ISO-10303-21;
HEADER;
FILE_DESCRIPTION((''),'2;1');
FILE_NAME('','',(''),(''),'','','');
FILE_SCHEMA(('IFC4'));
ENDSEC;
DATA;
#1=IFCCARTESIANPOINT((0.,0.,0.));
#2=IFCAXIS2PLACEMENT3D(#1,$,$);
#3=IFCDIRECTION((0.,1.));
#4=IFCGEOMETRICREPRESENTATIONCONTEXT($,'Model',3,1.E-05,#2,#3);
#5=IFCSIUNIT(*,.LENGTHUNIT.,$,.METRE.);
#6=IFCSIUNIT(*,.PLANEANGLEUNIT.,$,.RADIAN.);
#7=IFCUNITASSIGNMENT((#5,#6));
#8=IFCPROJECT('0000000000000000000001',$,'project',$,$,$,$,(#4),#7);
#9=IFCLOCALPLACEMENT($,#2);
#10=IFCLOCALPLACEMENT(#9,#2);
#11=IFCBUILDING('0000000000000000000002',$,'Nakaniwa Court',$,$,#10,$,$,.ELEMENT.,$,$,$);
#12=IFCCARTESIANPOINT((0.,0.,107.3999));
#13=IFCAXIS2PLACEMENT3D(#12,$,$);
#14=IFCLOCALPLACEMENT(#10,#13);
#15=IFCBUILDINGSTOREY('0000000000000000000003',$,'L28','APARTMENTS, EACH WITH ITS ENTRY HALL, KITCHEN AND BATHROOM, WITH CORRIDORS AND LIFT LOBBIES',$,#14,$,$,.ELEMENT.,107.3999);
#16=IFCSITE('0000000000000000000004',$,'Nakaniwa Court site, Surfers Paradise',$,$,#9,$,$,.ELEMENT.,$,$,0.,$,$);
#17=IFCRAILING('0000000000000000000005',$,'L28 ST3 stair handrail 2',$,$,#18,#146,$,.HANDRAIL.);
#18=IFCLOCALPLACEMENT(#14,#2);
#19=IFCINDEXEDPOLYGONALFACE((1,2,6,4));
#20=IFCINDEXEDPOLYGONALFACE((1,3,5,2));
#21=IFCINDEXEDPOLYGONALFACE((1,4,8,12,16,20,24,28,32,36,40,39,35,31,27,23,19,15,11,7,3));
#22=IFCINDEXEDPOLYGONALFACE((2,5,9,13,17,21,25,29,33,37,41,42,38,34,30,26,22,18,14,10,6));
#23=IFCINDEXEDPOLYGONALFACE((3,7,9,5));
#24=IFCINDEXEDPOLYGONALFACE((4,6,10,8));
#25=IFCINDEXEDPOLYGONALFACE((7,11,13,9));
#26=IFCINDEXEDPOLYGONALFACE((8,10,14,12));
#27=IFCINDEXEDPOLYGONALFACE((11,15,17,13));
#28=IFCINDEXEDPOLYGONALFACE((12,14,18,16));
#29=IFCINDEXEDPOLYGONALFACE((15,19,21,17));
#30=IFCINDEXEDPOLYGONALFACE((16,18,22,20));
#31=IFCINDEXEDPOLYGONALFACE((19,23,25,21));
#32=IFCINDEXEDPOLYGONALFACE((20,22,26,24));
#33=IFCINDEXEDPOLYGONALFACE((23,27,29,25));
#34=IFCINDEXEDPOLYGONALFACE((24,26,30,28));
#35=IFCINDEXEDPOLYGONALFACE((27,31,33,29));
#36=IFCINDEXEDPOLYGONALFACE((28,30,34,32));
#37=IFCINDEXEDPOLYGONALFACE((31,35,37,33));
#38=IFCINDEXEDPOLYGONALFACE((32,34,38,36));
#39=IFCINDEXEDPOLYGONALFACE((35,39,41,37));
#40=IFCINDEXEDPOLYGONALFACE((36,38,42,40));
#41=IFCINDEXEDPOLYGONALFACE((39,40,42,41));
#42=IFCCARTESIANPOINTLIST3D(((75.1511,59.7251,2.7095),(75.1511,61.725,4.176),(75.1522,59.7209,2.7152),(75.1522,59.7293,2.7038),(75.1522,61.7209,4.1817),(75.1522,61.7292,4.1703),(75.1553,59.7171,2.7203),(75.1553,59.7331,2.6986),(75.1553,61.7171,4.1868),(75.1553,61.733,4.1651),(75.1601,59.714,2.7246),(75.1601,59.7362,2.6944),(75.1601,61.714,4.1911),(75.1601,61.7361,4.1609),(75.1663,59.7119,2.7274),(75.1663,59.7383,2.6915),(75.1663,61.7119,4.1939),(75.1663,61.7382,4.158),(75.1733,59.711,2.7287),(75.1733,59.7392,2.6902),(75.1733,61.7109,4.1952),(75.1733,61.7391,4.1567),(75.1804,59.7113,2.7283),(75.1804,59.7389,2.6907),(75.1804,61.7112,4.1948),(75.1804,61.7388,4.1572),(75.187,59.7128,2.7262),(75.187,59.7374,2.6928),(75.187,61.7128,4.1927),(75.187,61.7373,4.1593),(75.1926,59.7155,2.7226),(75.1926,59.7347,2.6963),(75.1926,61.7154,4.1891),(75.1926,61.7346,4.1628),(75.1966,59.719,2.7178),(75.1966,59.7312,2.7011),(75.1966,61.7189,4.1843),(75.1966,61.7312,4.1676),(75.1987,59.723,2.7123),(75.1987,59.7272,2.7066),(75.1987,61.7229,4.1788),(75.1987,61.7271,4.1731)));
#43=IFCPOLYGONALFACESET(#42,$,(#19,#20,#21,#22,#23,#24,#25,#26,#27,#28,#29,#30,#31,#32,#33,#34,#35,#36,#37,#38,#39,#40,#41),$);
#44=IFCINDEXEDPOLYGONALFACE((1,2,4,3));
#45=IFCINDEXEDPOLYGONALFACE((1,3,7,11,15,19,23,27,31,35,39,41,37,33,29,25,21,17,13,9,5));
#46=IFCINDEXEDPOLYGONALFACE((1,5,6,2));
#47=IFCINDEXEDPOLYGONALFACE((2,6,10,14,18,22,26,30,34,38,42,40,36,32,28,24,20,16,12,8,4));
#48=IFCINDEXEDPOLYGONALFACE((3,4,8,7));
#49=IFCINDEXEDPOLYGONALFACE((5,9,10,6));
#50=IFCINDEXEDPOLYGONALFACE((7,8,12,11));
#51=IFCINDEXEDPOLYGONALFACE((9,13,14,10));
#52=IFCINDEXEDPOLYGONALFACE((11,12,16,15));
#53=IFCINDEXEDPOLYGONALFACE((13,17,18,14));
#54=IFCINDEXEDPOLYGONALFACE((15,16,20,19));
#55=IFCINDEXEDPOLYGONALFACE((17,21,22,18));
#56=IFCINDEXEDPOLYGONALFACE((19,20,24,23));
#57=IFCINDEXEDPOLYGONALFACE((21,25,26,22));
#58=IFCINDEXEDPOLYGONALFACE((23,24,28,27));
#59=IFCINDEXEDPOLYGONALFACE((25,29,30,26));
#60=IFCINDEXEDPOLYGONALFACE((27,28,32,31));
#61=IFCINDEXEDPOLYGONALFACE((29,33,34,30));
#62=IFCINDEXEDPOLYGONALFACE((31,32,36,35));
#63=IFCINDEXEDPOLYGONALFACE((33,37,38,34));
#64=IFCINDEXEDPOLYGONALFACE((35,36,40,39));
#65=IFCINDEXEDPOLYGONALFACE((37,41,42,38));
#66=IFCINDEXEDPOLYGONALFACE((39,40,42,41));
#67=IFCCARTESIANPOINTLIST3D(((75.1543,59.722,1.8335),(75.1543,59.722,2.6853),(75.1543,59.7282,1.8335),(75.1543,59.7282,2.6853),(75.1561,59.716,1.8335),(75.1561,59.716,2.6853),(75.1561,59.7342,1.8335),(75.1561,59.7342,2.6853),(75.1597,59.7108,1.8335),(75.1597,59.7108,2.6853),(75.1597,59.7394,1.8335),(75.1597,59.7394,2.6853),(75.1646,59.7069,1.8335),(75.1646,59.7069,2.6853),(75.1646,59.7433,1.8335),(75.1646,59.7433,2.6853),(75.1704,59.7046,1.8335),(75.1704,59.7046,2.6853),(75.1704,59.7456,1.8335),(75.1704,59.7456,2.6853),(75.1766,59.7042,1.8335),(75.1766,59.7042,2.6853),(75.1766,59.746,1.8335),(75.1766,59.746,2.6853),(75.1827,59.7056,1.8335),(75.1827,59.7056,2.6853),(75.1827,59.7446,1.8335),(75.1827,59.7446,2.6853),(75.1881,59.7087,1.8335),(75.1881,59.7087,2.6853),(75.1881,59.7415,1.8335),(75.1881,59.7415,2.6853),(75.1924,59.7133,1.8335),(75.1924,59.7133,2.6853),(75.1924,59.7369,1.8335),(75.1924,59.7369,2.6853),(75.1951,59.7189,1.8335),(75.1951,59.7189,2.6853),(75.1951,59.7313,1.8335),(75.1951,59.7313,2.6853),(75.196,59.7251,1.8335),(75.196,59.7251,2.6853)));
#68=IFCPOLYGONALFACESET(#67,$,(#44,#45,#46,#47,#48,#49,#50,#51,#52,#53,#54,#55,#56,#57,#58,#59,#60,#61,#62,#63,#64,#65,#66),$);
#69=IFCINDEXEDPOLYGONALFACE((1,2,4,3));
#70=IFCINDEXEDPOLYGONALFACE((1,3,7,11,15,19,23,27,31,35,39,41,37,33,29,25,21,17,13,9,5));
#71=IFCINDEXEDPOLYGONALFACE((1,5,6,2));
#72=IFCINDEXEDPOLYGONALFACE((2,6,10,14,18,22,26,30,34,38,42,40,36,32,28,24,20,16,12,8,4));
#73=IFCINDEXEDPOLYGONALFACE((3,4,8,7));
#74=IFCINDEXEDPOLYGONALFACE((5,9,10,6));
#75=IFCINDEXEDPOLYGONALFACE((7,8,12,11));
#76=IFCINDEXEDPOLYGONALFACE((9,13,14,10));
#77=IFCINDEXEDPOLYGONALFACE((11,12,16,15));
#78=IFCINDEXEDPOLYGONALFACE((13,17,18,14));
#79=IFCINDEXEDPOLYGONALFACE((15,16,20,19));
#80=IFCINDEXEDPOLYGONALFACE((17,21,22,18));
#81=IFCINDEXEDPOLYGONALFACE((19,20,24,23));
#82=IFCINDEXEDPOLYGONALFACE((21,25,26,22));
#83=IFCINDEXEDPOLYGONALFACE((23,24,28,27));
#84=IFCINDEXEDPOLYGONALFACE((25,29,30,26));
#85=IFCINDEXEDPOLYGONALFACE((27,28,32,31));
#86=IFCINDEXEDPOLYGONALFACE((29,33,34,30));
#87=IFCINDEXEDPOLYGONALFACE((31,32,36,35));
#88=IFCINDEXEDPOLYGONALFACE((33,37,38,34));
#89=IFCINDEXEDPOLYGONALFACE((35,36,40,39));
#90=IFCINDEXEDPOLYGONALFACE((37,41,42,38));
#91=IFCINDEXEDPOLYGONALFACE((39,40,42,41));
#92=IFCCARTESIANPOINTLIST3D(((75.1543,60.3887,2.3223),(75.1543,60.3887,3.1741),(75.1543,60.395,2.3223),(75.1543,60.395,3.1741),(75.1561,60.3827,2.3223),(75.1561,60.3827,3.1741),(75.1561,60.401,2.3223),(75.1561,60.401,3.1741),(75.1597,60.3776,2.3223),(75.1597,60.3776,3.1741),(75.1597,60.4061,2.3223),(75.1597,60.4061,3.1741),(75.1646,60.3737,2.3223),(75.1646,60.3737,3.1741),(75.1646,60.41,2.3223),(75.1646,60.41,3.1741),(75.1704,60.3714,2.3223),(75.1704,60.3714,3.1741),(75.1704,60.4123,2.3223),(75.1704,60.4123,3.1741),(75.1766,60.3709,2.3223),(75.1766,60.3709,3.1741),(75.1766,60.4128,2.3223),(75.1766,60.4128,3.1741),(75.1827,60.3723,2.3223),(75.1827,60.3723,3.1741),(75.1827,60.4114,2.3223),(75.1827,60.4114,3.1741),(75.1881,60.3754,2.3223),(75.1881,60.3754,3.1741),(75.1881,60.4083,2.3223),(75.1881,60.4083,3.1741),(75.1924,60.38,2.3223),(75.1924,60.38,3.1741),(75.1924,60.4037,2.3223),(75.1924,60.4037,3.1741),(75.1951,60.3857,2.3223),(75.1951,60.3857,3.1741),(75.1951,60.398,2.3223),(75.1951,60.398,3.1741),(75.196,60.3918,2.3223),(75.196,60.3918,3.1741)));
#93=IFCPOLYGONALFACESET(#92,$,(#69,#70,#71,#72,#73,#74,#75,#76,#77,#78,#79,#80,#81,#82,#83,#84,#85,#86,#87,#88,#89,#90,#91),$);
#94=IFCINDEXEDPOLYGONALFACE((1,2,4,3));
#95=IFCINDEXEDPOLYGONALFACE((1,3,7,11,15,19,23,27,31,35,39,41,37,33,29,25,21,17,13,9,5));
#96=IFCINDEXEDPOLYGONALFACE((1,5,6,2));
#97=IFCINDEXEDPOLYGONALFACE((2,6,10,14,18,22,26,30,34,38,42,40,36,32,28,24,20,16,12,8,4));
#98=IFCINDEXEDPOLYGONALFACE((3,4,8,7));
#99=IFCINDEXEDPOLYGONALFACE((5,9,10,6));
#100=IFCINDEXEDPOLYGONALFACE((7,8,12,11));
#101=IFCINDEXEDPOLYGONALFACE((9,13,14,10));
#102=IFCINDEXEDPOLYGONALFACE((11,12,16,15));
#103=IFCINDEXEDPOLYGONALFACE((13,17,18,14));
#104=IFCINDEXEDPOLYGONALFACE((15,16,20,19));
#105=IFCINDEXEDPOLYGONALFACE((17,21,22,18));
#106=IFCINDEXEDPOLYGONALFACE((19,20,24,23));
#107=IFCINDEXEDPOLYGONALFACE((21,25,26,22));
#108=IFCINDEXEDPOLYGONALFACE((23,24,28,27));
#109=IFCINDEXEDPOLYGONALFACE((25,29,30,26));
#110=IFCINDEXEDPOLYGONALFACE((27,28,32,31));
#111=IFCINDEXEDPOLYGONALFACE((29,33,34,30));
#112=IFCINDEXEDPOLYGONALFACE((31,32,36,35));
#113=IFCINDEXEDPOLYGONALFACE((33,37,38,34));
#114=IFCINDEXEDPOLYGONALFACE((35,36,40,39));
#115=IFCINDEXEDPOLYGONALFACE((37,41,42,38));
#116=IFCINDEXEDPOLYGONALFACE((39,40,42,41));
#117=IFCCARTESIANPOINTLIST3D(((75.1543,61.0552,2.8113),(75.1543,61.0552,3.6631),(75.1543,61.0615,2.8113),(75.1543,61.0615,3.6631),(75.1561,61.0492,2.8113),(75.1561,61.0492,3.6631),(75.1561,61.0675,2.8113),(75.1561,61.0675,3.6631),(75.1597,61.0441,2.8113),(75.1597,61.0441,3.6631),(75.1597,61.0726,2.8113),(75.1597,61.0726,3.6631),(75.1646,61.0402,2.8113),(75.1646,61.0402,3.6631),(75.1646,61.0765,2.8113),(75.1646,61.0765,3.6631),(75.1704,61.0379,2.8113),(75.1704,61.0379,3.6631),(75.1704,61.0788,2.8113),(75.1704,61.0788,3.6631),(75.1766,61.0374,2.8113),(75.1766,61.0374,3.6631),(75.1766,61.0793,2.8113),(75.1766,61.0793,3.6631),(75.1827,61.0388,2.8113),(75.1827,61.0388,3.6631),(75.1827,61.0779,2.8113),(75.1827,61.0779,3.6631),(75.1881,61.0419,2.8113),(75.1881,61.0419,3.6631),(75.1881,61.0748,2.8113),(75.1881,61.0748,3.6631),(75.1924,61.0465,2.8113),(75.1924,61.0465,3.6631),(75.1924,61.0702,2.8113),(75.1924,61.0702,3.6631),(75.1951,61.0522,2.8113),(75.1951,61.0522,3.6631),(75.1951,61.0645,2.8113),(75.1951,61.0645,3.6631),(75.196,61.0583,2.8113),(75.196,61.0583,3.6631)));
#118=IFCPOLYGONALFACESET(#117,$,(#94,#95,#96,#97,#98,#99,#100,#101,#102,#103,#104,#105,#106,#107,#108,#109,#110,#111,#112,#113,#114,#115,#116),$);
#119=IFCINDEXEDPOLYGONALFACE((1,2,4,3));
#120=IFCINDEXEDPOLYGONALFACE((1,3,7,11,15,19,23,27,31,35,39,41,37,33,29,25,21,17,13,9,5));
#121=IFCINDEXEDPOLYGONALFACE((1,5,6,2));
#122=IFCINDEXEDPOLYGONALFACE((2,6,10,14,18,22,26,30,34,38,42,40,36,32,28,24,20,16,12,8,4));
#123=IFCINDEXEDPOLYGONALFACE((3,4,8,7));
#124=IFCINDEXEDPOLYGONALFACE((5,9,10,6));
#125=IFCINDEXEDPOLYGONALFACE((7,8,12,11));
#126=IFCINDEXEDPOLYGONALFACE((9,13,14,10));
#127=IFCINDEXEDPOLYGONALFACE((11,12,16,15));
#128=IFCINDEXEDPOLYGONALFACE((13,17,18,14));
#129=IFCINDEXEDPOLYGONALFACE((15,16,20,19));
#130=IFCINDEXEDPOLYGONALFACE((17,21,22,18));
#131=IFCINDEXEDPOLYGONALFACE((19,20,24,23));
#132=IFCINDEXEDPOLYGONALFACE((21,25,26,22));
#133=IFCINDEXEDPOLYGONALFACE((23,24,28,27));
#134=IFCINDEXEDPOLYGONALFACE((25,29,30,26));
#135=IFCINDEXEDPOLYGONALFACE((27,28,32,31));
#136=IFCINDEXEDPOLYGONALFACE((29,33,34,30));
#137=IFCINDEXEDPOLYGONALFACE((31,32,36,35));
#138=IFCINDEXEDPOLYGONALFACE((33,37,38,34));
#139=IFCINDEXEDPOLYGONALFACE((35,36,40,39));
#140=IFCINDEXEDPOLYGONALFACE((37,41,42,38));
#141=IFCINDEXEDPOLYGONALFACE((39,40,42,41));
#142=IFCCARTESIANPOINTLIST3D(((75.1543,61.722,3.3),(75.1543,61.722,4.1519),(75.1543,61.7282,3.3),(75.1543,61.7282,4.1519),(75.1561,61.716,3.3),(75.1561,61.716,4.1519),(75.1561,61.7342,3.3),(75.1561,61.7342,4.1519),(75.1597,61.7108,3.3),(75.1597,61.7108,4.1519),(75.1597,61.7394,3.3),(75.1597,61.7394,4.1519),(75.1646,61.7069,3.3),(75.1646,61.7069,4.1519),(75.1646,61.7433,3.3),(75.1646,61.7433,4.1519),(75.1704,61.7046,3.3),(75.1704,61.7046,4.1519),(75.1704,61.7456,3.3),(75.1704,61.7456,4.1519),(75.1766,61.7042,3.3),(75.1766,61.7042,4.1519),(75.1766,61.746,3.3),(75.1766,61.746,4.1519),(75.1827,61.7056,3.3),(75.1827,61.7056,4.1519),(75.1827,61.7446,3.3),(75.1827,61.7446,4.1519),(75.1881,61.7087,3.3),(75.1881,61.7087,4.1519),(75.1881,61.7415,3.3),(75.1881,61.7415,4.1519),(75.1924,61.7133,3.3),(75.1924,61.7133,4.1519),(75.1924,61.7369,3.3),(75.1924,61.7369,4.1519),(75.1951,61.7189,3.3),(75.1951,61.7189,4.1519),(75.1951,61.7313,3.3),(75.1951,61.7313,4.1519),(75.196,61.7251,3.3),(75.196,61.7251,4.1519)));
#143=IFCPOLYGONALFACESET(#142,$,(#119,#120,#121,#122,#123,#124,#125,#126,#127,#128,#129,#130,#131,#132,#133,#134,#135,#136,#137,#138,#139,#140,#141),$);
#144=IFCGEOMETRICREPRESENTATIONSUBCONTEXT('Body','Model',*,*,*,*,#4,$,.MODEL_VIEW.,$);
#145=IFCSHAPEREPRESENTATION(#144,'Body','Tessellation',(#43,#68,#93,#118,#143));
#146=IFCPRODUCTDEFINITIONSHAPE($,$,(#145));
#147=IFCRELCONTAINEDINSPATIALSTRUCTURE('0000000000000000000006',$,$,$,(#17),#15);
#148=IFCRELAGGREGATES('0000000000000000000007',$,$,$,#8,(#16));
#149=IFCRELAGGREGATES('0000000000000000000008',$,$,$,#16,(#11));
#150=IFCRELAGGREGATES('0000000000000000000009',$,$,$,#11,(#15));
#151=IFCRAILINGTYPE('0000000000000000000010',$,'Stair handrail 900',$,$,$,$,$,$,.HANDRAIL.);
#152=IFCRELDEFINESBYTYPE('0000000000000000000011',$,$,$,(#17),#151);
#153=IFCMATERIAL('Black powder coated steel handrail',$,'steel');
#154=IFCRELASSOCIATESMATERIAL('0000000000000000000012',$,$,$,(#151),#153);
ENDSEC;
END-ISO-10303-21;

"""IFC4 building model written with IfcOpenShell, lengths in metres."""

from ifc_helpers import new_model, si_unit, direction, frame, origin, origin_2d, place, context, subcontext, project, spatial, circle, extrude, material, type_object, element, save


model = new_model("IFC4")

# Units and contexts
model_context = context("Model", 3, precision=1e-05, world=origin(), true_north=direction((0.0, 1.0)))
body_context = subcontext(model_context, "Body", "Model", "MODEL_VIEW")
ifc_project = project(units=[si_unit("LENGTHUNIT", "METRE"), si_unit("PLANEANGLEUNIT", "RADIAN")], contexts=[model_context])

# Site, building, storey
site_placement = place(None, origin())
site = spatial("IfcSite", under=ifc_project, at=site_placement, Name="Nakaniwa Court site, Surfers Paradise", CompositionType="ELEMENT", RefElevation=0.0)
building_placement = place(site_placement, origin())
building = spatial("IfcBuilding", under=site, at=building_placement, Name="Nakaniwa Court", CompositionType="ELEMENT")
storey_placement = place(building_placement, frame((0.0, 0.0, 107.3999)))
storey = spatial("IfcBuildingStorey", under=building, at=storey_placement, Name="L28", Description="APARTMENTS, EACH WITH ITS ENTRY HALL, KITCHEN AND BATHROOM, WITH CORRIDORS AND LIFT LOBBIES", CompositionType="ELEMENT", Elevation=107.3999)

# Railing
ifc_material_1 = material(Name="Black powder coated steel handrail", Category="steel")
railing_type_1 = type_object("IfcRailingType", Name="Stair handrail 900", PredefinedType="HANDRAIL", material=ifc_material_1)
railing_1_placement = place(storey_placement, frame((75.175, 59.7251, 1.8335)))
element("IfcRailing", 1, at=railing_1_placement, inside=storey, type_object=railing_type_1, Name="L28 ST3 stair handrail 2", PredefinedType="HANDRAIL", context=body_context, shape_type="SweptSolid", body=[
    extrude(circle(Radius=0.0239, at=origin_2d()), frame((0.0, 0.0, 0.876), z_axis=(0.0, 0.806427, 0.591334), x_axis=(-1.0, 0.0, 0.0)), (0.0, 0.0, 1.0), 2.48),
    extrude(circle(Radius=0.021, at=origin_2d()), origin(), (0.0, 0.0, 1.0), 0.8518),
    extrude(circle(Radius=0.021, at=origin_2d()), frame((0.0, 0.6667, 0.4888)), (0.0, 0.0, 1.0), 0.8518),
    extrude(circle(Radius=0.021, at=origin_2d()), frame((0.0, 1.3333, 0.9778)), (0.0, 0.0, 1.0), 0.8518),
    extrude(circle(Radius=0.021, at=origin_2d()), frame((0.0, 2.0, 1.4666)), (0.0, 0.0, 1.0), 0.8518),
])

save(model, "model.ifc")
